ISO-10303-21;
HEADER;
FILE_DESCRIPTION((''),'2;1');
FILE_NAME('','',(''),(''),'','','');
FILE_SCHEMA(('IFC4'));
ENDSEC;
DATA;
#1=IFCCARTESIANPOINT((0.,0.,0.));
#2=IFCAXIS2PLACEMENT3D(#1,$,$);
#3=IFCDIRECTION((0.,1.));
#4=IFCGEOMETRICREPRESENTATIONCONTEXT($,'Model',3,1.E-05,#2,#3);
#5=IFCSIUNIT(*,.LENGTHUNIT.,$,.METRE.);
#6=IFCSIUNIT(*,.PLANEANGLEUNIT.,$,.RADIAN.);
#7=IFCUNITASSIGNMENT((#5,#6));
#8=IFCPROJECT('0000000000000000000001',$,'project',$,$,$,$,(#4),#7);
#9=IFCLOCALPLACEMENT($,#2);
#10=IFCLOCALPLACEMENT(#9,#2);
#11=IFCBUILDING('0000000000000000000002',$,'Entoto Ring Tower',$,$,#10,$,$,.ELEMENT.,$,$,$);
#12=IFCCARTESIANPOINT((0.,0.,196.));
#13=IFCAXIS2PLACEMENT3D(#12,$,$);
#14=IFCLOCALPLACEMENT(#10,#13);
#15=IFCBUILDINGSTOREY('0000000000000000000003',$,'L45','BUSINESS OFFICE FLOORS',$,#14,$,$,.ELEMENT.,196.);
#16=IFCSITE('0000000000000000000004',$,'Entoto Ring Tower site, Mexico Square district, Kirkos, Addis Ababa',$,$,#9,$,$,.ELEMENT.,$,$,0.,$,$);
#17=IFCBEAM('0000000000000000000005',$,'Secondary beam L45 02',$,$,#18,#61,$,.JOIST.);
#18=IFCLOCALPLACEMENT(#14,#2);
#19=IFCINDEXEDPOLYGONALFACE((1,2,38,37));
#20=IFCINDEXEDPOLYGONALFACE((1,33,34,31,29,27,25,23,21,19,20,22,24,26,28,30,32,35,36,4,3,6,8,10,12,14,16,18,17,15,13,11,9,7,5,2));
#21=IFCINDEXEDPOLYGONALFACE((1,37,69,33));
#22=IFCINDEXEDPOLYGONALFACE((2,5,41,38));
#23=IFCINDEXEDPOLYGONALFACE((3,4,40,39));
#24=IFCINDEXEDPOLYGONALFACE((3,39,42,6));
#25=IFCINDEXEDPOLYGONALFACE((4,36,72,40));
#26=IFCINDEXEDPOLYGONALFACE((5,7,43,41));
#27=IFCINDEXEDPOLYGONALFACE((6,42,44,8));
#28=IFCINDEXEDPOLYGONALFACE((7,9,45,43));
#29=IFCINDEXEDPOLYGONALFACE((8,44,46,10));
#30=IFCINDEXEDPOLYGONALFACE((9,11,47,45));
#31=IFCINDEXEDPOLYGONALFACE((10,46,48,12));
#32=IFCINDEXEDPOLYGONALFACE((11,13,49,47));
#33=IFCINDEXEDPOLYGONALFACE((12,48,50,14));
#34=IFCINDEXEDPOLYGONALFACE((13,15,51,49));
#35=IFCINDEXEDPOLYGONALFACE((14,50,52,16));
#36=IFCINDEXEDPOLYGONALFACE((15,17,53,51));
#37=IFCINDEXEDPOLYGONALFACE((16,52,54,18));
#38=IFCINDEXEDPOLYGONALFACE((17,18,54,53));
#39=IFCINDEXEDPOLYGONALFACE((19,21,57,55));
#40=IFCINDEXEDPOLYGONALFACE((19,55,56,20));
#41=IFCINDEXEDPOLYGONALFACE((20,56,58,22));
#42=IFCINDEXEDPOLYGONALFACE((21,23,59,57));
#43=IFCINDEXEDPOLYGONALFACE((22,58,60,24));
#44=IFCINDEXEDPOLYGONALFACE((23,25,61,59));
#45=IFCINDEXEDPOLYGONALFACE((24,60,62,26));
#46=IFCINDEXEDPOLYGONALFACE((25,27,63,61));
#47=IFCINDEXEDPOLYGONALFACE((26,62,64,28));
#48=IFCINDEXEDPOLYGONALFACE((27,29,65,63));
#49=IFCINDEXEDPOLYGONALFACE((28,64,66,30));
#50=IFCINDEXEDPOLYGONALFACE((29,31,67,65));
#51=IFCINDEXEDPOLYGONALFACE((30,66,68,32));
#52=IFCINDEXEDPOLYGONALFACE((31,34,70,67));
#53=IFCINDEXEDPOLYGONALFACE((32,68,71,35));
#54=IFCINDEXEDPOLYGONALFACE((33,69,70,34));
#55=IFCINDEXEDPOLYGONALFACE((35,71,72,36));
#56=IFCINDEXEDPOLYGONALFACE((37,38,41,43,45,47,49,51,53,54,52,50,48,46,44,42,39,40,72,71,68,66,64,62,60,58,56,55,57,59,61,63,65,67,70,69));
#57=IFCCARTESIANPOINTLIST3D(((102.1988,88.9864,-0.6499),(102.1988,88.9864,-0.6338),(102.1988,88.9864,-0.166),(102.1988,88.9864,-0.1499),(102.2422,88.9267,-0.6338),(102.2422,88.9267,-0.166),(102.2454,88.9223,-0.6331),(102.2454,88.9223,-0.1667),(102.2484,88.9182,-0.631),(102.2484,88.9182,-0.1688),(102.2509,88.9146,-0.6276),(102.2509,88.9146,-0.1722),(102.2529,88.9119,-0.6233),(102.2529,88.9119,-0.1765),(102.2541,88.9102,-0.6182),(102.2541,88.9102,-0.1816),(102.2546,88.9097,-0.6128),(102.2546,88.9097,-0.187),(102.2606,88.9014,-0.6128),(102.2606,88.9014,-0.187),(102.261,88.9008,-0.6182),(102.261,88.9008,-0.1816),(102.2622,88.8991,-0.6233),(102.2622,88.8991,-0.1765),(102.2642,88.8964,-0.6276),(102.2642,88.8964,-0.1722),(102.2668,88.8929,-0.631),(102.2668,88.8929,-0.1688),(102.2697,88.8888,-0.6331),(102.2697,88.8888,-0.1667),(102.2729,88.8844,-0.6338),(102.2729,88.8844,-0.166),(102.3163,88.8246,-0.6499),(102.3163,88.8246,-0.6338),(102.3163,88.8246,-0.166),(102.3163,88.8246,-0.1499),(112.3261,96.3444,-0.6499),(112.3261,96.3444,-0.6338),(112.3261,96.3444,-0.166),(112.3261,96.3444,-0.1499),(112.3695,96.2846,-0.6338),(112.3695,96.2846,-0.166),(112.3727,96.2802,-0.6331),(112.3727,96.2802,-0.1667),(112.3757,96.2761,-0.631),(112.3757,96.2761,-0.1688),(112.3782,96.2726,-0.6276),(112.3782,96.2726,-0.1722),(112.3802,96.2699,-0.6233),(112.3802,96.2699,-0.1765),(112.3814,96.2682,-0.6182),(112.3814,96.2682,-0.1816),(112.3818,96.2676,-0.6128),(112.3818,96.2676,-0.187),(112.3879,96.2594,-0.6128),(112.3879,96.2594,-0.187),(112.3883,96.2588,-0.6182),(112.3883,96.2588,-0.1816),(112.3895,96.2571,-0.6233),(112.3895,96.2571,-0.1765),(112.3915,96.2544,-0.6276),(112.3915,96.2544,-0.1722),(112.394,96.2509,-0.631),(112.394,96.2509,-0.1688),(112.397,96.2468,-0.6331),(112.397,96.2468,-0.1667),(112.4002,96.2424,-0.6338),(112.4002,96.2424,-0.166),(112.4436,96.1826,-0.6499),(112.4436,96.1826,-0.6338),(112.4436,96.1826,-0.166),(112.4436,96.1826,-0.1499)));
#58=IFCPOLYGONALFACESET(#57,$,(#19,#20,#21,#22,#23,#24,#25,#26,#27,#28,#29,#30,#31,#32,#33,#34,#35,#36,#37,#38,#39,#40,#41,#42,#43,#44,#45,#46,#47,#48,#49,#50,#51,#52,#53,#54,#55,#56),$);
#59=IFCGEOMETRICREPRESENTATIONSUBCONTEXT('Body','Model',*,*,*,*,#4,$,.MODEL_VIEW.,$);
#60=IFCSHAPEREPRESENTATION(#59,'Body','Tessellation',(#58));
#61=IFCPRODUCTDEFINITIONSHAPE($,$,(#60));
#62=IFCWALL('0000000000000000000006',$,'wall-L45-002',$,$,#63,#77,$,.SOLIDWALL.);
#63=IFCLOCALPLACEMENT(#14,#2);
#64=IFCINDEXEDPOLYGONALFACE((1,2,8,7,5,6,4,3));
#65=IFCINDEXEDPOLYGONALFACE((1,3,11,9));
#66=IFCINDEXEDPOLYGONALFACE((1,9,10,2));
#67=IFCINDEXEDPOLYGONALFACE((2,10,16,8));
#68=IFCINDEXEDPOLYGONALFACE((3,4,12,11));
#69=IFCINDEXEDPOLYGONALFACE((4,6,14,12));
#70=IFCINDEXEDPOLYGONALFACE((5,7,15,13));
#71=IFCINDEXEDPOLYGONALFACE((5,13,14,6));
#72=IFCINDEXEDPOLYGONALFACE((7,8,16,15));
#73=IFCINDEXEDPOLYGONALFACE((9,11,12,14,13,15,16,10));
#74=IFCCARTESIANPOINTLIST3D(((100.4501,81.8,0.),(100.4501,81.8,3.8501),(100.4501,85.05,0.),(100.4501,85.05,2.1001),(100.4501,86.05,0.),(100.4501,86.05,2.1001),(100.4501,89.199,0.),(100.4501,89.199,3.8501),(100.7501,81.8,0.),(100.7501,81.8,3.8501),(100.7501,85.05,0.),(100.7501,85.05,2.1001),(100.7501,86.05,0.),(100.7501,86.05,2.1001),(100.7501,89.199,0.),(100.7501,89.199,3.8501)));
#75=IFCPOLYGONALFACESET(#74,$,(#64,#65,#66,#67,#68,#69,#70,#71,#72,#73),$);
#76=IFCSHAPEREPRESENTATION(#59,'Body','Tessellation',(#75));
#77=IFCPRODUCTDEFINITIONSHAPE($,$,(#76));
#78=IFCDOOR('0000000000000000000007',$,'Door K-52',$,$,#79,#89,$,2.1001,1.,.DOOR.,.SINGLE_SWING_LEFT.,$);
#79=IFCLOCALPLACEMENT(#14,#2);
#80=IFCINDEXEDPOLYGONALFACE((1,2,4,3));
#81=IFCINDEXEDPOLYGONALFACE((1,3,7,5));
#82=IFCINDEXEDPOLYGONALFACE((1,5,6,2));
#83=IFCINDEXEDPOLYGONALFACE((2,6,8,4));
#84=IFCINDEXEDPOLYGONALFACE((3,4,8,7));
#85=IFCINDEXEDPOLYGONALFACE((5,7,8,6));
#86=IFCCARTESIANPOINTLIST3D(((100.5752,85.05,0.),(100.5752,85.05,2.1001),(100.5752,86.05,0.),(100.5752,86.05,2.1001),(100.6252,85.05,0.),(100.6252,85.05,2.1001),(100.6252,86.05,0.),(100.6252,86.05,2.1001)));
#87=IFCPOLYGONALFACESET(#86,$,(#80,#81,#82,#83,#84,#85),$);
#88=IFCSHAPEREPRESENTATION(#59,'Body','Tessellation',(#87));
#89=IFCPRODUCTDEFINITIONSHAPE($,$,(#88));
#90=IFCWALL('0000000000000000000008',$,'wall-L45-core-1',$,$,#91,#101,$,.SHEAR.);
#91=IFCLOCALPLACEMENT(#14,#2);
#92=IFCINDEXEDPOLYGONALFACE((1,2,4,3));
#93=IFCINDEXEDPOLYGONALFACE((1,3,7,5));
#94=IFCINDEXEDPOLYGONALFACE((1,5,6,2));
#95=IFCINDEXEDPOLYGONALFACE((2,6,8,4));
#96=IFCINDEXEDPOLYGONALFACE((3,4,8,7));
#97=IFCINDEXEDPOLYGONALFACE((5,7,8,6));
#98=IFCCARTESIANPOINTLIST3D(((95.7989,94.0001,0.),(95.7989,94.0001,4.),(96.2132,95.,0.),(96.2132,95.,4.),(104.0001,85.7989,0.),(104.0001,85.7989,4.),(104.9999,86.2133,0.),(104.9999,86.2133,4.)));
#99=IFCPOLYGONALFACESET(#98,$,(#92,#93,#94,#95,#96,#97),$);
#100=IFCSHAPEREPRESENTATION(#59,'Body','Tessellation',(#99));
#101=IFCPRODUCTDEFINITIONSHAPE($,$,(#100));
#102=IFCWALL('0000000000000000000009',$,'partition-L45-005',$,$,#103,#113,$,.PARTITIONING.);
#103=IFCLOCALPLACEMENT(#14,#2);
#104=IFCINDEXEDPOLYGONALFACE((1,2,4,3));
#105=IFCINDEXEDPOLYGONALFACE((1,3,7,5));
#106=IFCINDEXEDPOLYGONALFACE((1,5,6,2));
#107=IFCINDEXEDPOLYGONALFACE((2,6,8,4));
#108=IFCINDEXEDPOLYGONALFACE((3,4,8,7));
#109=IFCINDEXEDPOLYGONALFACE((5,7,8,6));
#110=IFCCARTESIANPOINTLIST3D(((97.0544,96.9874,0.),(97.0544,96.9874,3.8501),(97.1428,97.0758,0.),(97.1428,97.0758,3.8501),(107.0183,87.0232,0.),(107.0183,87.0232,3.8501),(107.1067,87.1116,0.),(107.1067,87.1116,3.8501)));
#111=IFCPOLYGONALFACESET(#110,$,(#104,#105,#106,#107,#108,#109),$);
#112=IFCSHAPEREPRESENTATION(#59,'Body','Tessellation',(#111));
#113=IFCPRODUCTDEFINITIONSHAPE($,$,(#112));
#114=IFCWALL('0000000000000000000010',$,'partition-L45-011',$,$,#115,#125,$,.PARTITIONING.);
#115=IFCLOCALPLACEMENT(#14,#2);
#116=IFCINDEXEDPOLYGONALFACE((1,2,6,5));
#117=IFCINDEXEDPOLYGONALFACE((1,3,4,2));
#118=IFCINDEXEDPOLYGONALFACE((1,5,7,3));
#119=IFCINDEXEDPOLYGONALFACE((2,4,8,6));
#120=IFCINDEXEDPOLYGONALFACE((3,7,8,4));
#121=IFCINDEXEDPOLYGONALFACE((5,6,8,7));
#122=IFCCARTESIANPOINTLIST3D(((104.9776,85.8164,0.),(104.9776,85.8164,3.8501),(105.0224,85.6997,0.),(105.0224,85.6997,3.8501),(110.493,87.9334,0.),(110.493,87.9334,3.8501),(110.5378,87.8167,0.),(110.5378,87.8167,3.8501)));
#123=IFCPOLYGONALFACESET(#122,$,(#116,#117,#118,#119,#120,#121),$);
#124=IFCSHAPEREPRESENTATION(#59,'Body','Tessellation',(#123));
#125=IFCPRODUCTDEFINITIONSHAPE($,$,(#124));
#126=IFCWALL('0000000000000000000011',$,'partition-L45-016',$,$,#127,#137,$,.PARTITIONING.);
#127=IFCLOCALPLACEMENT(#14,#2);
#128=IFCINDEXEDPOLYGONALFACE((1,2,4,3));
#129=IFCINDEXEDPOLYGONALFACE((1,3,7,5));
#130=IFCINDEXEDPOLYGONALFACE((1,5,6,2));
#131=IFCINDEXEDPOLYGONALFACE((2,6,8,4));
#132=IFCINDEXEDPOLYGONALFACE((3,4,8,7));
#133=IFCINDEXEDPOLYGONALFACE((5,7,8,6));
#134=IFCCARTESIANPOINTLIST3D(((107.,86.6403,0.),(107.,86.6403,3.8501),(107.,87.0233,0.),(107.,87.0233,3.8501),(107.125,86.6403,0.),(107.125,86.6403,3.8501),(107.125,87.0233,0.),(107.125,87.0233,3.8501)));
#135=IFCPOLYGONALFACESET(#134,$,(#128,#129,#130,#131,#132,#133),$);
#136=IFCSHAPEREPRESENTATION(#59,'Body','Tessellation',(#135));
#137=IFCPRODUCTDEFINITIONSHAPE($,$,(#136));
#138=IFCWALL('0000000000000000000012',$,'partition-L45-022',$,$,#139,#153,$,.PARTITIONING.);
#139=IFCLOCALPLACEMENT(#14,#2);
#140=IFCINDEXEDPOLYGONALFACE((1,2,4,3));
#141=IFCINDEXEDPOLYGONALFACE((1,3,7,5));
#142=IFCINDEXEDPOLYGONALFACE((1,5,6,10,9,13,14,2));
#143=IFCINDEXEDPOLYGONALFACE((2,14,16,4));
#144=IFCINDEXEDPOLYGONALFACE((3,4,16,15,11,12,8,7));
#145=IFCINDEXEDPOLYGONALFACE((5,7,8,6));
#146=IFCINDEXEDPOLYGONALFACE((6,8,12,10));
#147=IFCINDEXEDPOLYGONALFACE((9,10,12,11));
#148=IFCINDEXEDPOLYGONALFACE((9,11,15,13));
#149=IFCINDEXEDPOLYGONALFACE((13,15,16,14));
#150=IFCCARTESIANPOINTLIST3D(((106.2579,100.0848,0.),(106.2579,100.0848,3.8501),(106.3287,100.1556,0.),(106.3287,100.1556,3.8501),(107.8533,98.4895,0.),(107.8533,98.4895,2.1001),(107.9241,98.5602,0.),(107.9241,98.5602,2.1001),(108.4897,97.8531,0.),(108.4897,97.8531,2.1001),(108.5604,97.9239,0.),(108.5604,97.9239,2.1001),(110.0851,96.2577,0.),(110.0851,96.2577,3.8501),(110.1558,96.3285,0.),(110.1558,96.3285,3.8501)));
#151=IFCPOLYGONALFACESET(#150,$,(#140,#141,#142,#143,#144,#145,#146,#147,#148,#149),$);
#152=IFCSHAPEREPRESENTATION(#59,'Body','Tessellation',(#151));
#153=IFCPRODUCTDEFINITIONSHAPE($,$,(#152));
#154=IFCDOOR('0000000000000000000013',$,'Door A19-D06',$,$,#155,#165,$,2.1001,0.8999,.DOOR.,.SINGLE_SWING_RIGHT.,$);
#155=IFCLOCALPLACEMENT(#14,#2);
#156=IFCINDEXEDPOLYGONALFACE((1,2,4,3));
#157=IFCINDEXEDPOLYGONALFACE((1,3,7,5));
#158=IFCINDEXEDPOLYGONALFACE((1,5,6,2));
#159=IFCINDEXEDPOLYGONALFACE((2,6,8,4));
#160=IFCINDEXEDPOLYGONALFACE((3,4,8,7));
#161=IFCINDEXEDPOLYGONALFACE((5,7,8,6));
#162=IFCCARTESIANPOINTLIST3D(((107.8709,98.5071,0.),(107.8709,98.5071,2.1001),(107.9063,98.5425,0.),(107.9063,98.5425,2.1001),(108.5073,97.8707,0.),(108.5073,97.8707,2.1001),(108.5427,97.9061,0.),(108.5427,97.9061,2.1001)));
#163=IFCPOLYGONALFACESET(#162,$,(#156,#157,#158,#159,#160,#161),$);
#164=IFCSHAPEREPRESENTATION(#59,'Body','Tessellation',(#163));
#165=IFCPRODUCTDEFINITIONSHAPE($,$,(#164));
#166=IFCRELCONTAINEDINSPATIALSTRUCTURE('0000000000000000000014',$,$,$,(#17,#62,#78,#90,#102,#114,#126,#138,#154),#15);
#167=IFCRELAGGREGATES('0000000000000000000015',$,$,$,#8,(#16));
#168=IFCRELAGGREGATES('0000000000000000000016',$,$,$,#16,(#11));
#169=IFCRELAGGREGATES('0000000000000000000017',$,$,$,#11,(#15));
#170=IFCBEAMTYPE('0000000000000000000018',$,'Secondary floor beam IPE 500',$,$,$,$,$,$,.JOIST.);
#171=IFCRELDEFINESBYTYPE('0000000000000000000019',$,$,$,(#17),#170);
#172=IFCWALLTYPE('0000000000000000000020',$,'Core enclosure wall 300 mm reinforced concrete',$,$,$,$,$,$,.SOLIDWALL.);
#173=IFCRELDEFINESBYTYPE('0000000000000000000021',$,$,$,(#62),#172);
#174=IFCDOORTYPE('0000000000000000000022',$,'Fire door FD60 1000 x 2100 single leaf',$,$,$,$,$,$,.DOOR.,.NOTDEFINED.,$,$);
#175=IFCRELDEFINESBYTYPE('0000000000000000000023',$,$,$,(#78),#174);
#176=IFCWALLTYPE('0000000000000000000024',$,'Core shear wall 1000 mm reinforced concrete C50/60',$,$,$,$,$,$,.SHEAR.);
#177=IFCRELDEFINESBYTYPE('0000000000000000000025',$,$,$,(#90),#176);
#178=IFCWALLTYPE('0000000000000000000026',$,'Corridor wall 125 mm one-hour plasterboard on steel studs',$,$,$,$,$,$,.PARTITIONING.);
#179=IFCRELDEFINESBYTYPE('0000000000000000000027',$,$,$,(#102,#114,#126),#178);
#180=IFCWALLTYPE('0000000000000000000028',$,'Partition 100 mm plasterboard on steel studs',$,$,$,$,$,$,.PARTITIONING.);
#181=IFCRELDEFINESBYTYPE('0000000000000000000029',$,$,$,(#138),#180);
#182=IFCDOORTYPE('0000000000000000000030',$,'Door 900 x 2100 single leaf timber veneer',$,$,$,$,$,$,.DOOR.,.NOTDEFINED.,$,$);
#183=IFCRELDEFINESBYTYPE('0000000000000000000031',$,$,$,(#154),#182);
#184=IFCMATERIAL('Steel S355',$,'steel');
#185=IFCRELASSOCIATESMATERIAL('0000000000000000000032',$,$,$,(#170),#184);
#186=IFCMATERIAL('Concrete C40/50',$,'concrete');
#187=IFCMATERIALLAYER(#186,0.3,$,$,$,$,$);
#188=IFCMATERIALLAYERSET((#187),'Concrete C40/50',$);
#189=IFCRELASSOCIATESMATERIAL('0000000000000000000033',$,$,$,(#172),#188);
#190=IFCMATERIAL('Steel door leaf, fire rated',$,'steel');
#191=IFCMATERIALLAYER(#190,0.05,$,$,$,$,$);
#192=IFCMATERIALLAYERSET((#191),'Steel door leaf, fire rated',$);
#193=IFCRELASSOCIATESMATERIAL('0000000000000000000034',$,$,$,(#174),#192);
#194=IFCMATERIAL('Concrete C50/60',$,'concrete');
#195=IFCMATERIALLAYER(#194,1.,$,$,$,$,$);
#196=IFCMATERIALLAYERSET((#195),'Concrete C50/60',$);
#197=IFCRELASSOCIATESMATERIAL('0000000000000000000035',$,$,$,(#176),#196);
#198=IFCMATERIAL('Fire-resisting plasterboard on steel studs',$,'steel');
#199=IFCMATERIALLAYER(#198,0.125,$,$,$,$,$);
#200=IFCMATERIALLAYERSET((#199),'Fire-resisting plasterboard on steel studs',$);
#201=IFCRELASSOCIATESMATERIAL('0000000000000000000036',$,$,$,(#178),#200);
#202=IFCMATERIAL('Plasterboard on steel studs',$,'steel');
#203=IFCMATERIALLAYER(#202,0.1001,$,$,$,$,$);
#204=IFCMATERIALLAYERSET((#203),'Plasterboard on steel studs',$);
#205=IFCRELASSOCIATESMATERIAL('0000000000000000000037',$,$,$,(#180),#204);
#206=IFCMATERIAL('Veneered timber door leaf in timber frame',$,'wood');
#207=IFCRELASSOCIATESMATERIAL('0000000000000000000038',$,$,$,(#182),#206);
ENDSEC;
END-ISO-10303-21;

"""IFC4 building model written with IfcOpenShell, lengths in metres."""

from ifc_helpers import new_model, si_unit, direction, frame, frame_2d, origin, origin_2d, place, context, subcontext, project, spatial, polyline, rectangle, i_section, outline, extrude, material, layer, layer_set, material_profile, profile_set, type_object, element, fill, save


model = new_model("IFC4")

# Units and contexts
model_context = context("Model", 3, precision=1e-05, world=origin(), true_north=direction((0.0, 1.0)))
body_context = subcontext(model_context, "Body", "Model", "MODEL_VIEW")
ifc_project = project(units=[si_unit("LENGTHUNIT", "METRE"), si_unit("PLANEANGLEUNIT", "RADIAN")], contexts=[model_context])

# Site, building, storey
site_placement = place(None, origin())
site = spatial("IfcSite", under=ifc_project, at=site_placement, Name="Entoto Ring Tower site, Mexico Square district, Kirkos, Addis Ababa", CompositionType="ELEMENT", RefElevation=0.0)
building_placement = place(site_placement, origin())
building = spatial("IfcBuilding", under=site, at=building_placement, Name="Entoto Ring Tower", CompositionType="ELEMENT")
storey_placement = place(building_placement, frame((0.0, 0.0, 196.0)))
storey = spatial("IfcBuildingStorey", under=building, at=storey_placement, Name="L45", Description="BUSINESS OFFICE FLOORS", CompositionType="ELEMENT", Elevation=196.0)

# Beam
ifc_material_1 = material(Name="Steel S355", Category="steel")
ifc_material_profile_1 = material_profile(ifc_material_1, i_section(OverallWidth=0.2, OverallDepth=0.5, WebThickness=0.0103, FlangeThickness=0.0161, FilletRadius=0.021, at=origin_2d()), Name="IPE 500")
ifc_profile_set_1 = profile_set([ifc_material_profile_1], Name="Steel S355")
beam_type_1 = type_object("IfcBeamType", Name="Secondary floor beam IPE 500", PredefinedType="JOIST", material=ifc_profile_set_1)
beam_1_placement = place(storey_placement, frame((102.2576, 88.9055, -0.3999), z_axis=(0.809014, 0.587789, 0.0), x_axis=(-0.587789, 0.809014, 0.0)))
element("IfcBeam", 1, at=beam_1_placement, inside=storey, type_object=beam_type_1, Name="Secondary beam L45 02", PredefinedType="JOIST", context=body_context, shape_type="SweptSolid", body=[
    extrude(i_section(OverallWidth=0.2, OverallDepth=0.5, WebThickness=0.0103, FlangeThickness=0.0161, FilletRadius=0.021, at=origin_2d()), origin(), (0.0, 0.0, 1.0), 12.5181),
])

# Wall, opening, door
ifc_material_2 = material(Name="Concrete C40/50", Category="concrete")
ifc_layer_1 = layer(ifc_material_2, 0.3)
ifc_layer_set_1 = layer_set([ifc_layer_1], Name="Concrete C40/50")
wall_type_1 = type_object("IfcWallType", Name="Core enclosure wall 300 mm reinforced concrete", PredefinedType="SOLIDWALL", material=ifc_layer_set_1)
wall_1_placement = place(storey_placement, frame((100.6001, 81.8, 0.0), z_axis=(0.0, 0.0, 1.0), x_axis=(0.0, 1.0, 0.0)))
wall_1 = element("IfcWall", 2, at=wall_1_placement, inside=storey, type_object=wall_type_1, Name="wall-L45-002", PredefinedType="SOLIDWALL", context=body_context, shape_type="SweptSolid", body=[
    extrude(rectangle(XDim=7.3989, YDim=0.3, at=frame_2d((3.6995, 0.0))), origin(), (0.0, 0.0, 1.0), 3.8501),
])
opening_1_placement = place(wall_1_placement, frame((3.25, 0.0, 0.0)))
opening_1 = element("IfcOpeningElement", 3, at=opening_1_placement, cuts=wall_1, PredefinedType="OPENING", context=body_context, shape_type="SweptSolid", body=[
    extrude(rectangle(XDim=1.0, YDim=2.1001, at=frame_2d((0.5, 1.05))), frame((0.0, 0.1602, 0.0), z_axis=(0.0, -1.0, 0.0), x_axis=(1.0, 0.0, 0.0)), (0.0, 0.0, 1.0), 0.3201),
])
ifc_material_3 = material(Name="Steel door leaf, fire rated", Category="steel")
ifc_layer_2 = layer(ifc_material_3, 0.05)
ifc_layer_set_2 = layer_set([ifc_layer_2], Name="Steel door leaf, fire rated")
door_type_1 = type_object("IfcDoorType", Name="Fire door FD60 1000 x 2100 single leaf", OperationType="NOTDEFINED", PredefinedType="DOOR", material=ifc_layer_set_2)
door_1_placement = place(opening_1_placement, origin())
door_1 = element("IfcDoor", 4, at=door_1_placement, inside=storey, type_object=door_type_1, Name="Door K-52", OperationType="SINGLE_SWING_LEFT", OverallHeight=2.1001, OverallWidth=1.0, PredefinedType="DOOR", context=body_context, shape_type="SweptSolid", body=[
    extrude(rectangle(XDim=1.0, YDim=2.1001, at=frame_2d((0.5, 1.05))), frame((0.0, 0.0249, 0.0), z_axis=(0.0, -1.0, 0.0), x_axis=(1.0, 0.0, 0.0)), (0.0, 0.0, 1.0), 0.05),
])
fill(opening_1, door_1)

# Walls
ifc_material_4 = material(Name="Concrete C50/60", Category="concrete")
ifc_layer_3 = layer(ifc_material_4, 1.0)
ifc_layer_set_3 = layer_set([ifc_layer_3], Name="Concrete C50/60")
wall_type_2 = type_object("IfcWallType", Name="Core shear wall 1000 mm reinforced concrete C50/60", PredefinedType="SHEAR", material=ifc_layer_set_3)
wall_2_placement = place(storey_placement, frame((104.5, 86.0061, 0.0), z_axis=(0.0, 0.0, 1.0), x_axis=(-0.707107, 0.707107, 0.0)))
element("IfcWall", 5, at=wall_2_placement, inside=storey, type_object=wall_type_2, Name="wall-L45-core-1", PredefinedType="SHEAR", context=body_context, shape_type="SweptSolid", body=[
    extrude(outline(polyline([(-0.207, -0.5), (12.2192, -0.5), (11.8052, 0.5), (0.207, 0.5), (-0.207, -0.5)])), origin(), (0.0, 0.0, 1.0), 4.0),
])
ifc_material_5 = material(Name="Fire-resisting plasterboard on steel studs", Category="steel")
ifc_layer_4 = layer(ifc_material_5, 0.125)
ifc_layer_set_4 = layer_set([ifc_layer_4], Name="Fire-resisting plasterboard on steel studs")
wall_type_3 = type_object("IfcWallType", Name="Corridor wall 125 mm one-hour plasterboard on steel studs", PredefinedType="PARTITIONING", material=ifc_layer_set_4)
wall_3_placement = place(storey_placement, frame((107.0625, 87.0674, 0.0), z_axis=(0.0, 0.0, 1.0), x_axis=(-0.707098, 0.707115, 0.0)))
element("IfcWall", 6, at=wall_3_placement, inside=storey, type_object=wall_type_3, Name="partition-L45-005", PredefinedType="PARTITIONING", context=body_context, shape_type="SweptSolid", body=[
    extrude(rectangle(XDim=14.0913, YDim=0.125, at=frame_2d((7.0457, 0.0))), origin(), (0.0, 0.0, 1.0), 3.8501),
])
wall_4_placement = place(storey_placement, frame((105.0, 85.7581, 0.0), z_axis=(0.0, 0.0, 1.0), x_axis=(0.933592, 0.358337, 0.0)))
element("IfcWall", 7, at=wall_4_placement, inside=storey, type_object=wall_type_3, Name="partition-L45-011", PredefinedType="PARTITIONING", context=body_context, shape_type="SweptSolid", body=[
    extrude(rectangle(XDim=5.9077, YDim=0.125, at=frame_2d((2.9539, 0.0))), origin(), (0.0, 0.0, 1.0), 3.8501),
])
wall_5_placement = place(storey_placement, frame((107.0625, 86.6404, 0.0), z_axis=(0.0, 0.0, 1.0), x_axis=(0.0, 1.0, 0.0)))
element("IfcWall", 8, at=wall_5_placement, inside=storey, type_object=wall_type_3, Name="partition-L45-016", PredefinedType="PARTITIONING", context=body_context, shape_type="SweptSolid", body=[
    extrude(rectangle(XDim=0.3831, YDim=0.125, at=frame_2d((0.1914, 0.0))), origin(), (0.0, 0.0, 1.0), 3.8501),
])

# Wall, opening, door
ifc_material_6 = material(Name="Plasterboard on steel studs", Category="steel")
ifc_layer_5 = layer(ifc_material_6, 0.1001)
ifc_layer_set_5 = layer_set([ifc_layer_5], Name="Plasterboard on steel studs")
wall_type_4 = type_object("IfcWallType", Name="Partition 100 mm plasterboard on steel studs", PredefinedType="PARTITIONING", material=ifc_layer_set_5)
wall_6_placement = place(storey_placement, frame((110.1204, 96.2932, 0.0), z_axis=(0.0, 0.0, 1.0), x_axis=(-0.707107, 0.707107, 0.0)))
wall_6 = element("IfcWall", 9, at=wall_6_placement, inside=storey, type_object=wall_type_4, Name="partition-L45-022", PredefinedType="PARTITIONING", context=body_context, shape_type="SweptSolid", body=[
    extrude(rectangle(XDim=5.4124, YDim=0.1001, at=frame_2d((2.7061, 0.0))), origin(), (0.0, 0.0, 1.0), 3.8501),
])
opening_2_placement = place(wall_6_placement, frame((2.2561, 0.0, 0.0)))
opening_2 = element("IfcOpeningElement", 10, at=opening_2_placement, cuts=wall_6, PredefinedType="OPENING", context=body_context, shape_type="SweptSolid", body=[
    extrude(rectangle(XDim=0.8999, YDim=2.1001, at=frame_2d((0.45, 1.05))), frame((0.0, 0.0601, 0.0), z_axis=(0.0, -1.0, 0.0), x_axis=(1.0, 0.0, 0.0)), (0.0, 0.0, 1.0), 0.1201),
])
ifc_material_7 = material(Name="Veneered timber door leaf in timber frame", Category="wood")
door_type_2 = type_object("IfcDoorType", Name="Door 900 x 2100 single leaf timber veneer", OperationType="NOTDEFINED", PredefinedType="DOOR", material=ifc_material_7)
door_2_placement = place(opening_2_placement, frame((0.8999, 0.0, 0.0), z_axis=(0.0, 0.0, 1.0), x_axis=(-1.0, 0.0, 0.0)))
door_2 = element("IfcDoor", 11, at=door_2_placement, inside=storey, type_object=door_type_2, Name="Door A19-D06", OperationType="SINGLE_SWING_RIGHT", OverallHeight=2.1001, OverallWidth=0.8999, PredefinedType="DOOR", context=body_context, shape_type="SweptSolid", body=[
    extrude(rectangle(XDim=0.8999, YDim=2.1001, at=frame_2d((0.45, 1.05))), frame((0.0, 0.0249, 0.0), z_axis=(0.0, -1.0, 0.0), x_axis=(1.0, 0.0, 0.0)), (0.0, 0.0, 1.0), 0.05),
])
fill(opening_2, door_2)

save(model, "model.ifc")
